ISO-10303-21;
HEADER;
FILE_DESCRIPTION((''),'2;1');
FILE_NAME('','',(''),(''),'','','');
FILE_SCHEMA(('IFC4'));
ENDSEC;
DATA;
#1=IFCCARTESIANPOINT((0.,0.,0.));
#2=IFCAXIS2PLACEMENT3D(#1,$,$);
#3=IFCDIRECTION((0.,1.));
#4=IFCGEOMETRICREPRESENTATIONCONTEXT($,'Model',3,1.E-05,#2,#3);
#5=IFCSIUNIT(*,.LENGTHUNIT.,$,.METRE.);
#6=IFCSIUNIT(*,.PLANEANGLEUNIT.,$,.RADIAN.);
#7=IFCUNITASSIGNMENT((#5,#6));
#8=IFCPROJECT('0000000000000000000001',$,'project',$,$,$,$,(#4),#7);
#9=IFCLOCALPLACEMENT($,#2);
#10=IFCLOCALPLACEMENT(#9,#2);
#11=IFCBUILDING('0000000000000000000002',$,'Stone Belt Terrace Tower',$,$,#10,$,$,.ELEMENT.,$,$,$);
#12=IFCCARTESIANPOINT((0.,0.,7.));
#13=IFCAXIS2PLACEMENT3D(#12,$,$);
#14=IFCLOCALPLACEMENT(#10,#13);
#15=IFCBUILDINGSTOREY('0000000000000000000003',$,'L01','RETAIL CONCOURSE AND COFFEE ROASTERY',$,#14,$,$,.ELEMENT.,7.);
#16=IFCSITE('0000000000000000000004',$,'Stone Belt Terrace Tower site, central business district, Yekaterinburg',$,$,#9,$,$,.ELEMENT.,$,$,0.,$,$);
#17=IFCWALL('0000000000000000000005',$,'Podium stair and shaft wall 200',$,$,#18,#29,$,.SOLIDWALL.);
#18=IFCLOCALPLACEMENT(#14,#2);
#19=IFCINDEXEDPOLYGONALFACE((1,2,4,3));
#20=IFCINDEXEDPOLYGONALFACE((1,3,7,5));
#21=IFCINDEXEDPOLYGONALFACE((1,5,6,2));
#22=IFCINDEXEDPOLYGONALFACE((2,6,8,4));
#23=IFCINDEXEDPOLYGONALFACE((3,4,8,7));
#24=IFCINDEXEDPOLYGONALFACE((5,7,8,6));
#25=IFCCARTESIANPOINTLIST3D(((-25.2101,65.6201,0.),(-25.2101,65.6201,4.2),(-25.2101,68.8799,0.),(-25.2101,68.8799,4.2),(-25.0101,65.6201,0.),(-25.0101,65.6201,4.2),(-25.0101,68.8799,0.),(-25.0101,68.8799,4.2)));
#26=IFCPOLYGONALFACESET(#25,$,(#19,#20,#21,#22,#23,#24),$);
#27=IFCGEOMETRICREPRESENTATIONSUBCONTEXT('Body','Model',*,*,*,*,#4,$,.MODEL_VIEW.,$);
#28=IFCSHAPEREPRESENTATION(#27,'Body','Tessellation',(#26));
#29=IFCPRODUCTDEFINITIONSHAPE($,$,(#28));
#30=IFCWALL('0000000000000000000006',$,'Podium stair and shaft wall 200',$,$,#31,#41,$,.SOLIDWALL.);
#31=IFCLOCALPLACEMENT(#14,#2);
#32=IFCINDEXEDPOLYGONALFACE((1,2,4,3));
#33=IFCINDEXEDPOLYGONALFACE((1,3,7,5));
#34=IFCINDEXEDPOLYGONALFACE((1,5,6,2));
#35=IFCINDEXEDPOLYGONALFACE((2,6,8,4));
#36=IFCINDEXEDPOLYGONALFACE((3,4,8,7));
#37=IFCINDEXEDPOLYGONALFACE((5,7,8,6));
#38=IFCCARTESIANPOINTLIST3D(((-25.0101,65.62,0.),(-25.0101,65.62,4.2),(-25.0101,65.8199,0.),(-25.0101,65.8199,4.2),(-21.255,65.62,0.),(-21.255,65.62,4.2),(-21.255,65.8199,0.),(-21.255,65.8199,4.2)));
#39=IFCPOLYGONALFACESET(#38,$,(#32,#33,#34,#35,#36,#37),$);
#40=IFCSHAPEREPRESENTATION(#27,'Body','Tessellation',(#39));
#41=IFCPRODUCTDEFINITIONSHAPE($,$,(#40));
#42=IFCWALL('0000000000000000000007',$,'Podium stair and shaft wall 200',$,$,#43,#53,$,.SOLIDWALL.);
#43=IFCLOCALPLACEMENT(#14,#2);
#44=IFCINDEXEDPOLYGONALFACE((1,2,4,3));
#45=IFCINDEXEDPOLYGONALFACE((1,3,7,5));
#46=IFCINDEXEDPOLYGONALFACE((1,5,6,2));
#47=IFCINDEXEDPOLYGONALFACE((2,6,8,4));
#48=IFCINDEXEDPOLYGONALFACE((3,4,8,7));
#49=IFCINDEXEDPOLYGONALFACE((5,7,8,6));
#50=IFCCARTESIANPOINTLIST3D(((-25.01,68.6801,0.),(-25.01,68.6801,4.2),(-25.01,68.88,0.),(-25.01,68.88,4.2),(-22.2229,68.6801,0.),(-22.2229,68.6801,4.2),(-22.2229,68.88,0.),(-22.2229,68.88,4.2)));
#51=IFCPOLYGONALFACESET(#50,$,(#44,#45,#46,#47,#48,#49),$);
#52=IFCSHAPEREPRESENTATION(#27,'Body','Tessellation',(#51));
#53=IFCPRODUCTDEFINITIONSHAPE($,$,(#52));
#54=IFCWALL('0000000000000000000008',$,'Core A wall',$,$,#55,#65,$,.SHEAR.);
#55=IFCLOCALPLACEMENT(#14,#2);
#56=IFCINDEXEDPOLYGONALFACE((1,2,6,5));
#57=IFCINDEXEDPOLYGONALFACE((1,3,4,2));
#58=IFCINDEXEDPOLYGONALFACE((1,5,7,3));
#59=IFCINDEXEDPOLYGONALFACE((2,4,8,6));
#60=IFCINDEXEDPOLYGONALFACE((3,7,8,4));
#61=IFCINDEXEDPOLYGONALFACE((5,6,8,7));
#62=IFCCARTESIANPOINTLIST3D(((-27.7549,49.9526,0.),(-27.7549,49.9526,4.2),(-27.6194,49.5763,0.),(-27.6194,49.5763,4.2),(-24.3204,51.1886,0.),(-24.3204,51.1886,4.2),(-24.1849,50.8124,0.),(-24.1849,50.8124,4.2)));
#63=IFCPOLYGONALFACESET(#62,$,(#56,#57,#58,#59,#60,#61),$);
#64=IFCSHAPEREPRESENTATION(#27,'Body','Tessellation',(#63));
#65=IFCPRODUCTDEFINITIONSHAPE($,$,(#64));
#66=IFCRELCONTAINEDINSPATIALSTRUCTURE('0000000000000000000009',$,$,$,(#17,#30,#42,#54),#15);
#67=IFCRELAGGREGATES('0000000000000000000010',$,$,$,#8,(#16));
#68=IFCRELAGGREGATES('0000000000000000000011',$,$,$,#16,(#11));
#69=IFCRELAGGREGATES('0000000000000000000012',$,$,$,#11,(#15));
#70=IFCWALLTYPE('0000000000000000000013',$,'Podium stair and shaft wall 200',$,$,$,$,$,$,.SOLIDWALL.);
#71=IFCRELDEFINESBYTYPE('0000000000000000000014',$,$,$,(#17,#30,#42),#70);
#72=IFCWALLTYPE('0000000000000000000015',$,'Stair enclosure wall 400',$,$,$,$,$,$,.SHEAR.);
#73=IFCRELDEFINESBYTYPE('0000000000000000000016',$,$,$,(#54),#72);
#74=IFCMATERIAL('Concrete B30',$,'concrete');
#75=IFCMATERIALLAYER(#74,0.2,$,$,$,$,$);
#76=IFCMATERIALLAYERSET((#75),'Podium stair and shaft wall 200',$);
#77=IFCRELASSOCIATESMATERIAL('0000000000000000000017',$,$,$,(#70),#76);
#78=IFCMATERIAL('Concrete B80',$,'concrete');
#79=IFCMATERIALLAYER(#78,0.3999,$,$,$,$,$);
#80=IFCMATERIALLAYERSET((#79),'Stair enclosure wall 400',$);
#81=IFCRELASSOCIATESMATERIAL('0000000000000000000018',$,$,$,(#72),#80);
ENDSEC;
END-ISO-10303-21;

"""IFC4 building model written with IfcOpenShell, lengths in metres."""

from ifc_helpers import new_model, si_unit, direction, frame, frame_2d, origin, place, context, subcontext, project, spatial, rectangle, extrude, material, layer, layer_set, type_object, element, save


model = new_model("IFC4")

# Units and contexts
model_context = context("Model", 3, precision=1e-05, world=origin(), true_north=direction((0.0, 1.0)))
body_context = subcontext(model_context, "Body", "Model", "MODEL_VIEW")
ifc_project = project(units=[si_unit("LENGTHUNIT", "METRE"), si_unit("PLANEANGLEUNIT", "RADIAN")], contexts=[model_context])

# Site, building, storey
site_placement = place(None, origin())
site = spatial("IfcSite", under=ifc_project, at=site_placement, Name="Stone Belt Terrace Tower site, central business district, Yekaterinburg", CompositionType="ELEMENT", RefElevation=0.0)
building_placement = place(site_placement, origin())
building = spatial("IfcBuilding", under=site, at=building_placement, Name="Stone Belt Terrace Tower", CompositionType="ELEMENT")
storey_placement = place(building_placement, frame((0.0, 0.0, 7.0)))
storey = spatial("IfcBuildingStorey", under=building, at=storey_placement, Name="L01", Description="RETAIL CONCOURSE AND COFFEE ROASTERY", CompositionType="ELEMENT", Elevation=7.0)

# Shared definitions
ifc_material_1 = material(Name="Concrete B80", Category="concrete")

# Walls
ifc_material_2 = material(Name="Concrete B30", Category="concrete")
ifc_layer_1 = layer(ifc_material_2, 0.2)
ifc_layer_set_1 = layer_set([ifc_layer_1], Name="Podium stair and shaft wall 200")
wall_type_1 = type_object("IfcWallType", Name="Podium stair and shaft wall 200", PredefinedType="SOLIDWALL", material=ifc_layer_set_1)
wall_1_placement = place(storey_placement, frame((-25.1101, 65.6201, 0.0), z_axis=(0.0, 0.0, 1.0), x_axis=(0.0, 1.0, 0.0)))
element("IfcWall", 1, at=wall_1_placement, inside=storey, type_object=wall_type_1, Name="Podium stair and shaft wall 200", PredefinedType="SOLIDWALL", context=body_context, shape_type="SweptSolid", body=[
    extrude(rectangle(XDim=3.2598, YDim=0.2, at=frame_2d((1.6299, 0.0))), origin(), (0.0, 0.0, 1.0), 4.2),
])
wall_2_placement = place(storey_placement, frame((-25.01, 65.72, 0.0), z_axis=(0.0, 0.0, 1.0), x_axis=(1.0, 0.0, 0.0)))
element("IfcWall", 2, at=wall_2_placement, inside=storey, type_object=wall_type_1, Name="Podium stair and shaft wall 200", PredefinedType="SOLIDWALL", context=body_context, shape_type="SweptSolid", body=[
    extrude(rectangle(XDim=3.7551, YDim=0.2, at=frame_2d((1.8774, 0.0))), origin(), (0.0, 0.0, 1.0), 4.2),
])
wall_3_placement = place(storey_placement, frame((-25.01, 68.78, 0.0), z_axis=(0.0, 0.0, 1.0), x_axis=(1.0, 0.0, 0.0)))
element("IfcWall", 3, at=wall_3_placement, inside=storey, type_object=wall_type_1, Name="Podium stair and shaft wall 200", PredefinedType="SOLIDWALL", context=body_context, shape_type="SweptSolid", body=[
    extrude(rectangle(XDim=2.7871, YDim=0.2, at=frame_2d((1.3936, 0.0))), origin(), (0.0, 0.0, 1.0), 4.2),
])
ifc_layer_2 = layer(ifc_material_1, 0.3999)
ifc_layer_set_2 = layer_set([ifc_layer_2], Name="Stair enclosure wall 400")
wall_type_2 = type_object("IfcWallType", Name="Stair enclosure wall 400", PredefinedType="SHEAR", material=ifc_layer_set_2)
wall_4_placement = place(storey_placement, frame((-27.6873, 49.7644, 0.0), z_axis=(0.0, 0.0, 1.0), x_axis=(0.940919, 0.338632, 0.0)))
element("IfcWall", 4, at=wall_4_placement, inside=storey, type_object=wall_type_2, Name="Core A wall", PredefinedType="SHEAR", context=body_context, shape_type="SweptSolid", body=[
    extrude(rectangle(XDim=3.6501, YDim=0.3999, at=frame_2d((1.8252, 0.0))), origin(), (0.0, 0.0, 1.0), 4.2),
])

save(model, "model.ifc")
